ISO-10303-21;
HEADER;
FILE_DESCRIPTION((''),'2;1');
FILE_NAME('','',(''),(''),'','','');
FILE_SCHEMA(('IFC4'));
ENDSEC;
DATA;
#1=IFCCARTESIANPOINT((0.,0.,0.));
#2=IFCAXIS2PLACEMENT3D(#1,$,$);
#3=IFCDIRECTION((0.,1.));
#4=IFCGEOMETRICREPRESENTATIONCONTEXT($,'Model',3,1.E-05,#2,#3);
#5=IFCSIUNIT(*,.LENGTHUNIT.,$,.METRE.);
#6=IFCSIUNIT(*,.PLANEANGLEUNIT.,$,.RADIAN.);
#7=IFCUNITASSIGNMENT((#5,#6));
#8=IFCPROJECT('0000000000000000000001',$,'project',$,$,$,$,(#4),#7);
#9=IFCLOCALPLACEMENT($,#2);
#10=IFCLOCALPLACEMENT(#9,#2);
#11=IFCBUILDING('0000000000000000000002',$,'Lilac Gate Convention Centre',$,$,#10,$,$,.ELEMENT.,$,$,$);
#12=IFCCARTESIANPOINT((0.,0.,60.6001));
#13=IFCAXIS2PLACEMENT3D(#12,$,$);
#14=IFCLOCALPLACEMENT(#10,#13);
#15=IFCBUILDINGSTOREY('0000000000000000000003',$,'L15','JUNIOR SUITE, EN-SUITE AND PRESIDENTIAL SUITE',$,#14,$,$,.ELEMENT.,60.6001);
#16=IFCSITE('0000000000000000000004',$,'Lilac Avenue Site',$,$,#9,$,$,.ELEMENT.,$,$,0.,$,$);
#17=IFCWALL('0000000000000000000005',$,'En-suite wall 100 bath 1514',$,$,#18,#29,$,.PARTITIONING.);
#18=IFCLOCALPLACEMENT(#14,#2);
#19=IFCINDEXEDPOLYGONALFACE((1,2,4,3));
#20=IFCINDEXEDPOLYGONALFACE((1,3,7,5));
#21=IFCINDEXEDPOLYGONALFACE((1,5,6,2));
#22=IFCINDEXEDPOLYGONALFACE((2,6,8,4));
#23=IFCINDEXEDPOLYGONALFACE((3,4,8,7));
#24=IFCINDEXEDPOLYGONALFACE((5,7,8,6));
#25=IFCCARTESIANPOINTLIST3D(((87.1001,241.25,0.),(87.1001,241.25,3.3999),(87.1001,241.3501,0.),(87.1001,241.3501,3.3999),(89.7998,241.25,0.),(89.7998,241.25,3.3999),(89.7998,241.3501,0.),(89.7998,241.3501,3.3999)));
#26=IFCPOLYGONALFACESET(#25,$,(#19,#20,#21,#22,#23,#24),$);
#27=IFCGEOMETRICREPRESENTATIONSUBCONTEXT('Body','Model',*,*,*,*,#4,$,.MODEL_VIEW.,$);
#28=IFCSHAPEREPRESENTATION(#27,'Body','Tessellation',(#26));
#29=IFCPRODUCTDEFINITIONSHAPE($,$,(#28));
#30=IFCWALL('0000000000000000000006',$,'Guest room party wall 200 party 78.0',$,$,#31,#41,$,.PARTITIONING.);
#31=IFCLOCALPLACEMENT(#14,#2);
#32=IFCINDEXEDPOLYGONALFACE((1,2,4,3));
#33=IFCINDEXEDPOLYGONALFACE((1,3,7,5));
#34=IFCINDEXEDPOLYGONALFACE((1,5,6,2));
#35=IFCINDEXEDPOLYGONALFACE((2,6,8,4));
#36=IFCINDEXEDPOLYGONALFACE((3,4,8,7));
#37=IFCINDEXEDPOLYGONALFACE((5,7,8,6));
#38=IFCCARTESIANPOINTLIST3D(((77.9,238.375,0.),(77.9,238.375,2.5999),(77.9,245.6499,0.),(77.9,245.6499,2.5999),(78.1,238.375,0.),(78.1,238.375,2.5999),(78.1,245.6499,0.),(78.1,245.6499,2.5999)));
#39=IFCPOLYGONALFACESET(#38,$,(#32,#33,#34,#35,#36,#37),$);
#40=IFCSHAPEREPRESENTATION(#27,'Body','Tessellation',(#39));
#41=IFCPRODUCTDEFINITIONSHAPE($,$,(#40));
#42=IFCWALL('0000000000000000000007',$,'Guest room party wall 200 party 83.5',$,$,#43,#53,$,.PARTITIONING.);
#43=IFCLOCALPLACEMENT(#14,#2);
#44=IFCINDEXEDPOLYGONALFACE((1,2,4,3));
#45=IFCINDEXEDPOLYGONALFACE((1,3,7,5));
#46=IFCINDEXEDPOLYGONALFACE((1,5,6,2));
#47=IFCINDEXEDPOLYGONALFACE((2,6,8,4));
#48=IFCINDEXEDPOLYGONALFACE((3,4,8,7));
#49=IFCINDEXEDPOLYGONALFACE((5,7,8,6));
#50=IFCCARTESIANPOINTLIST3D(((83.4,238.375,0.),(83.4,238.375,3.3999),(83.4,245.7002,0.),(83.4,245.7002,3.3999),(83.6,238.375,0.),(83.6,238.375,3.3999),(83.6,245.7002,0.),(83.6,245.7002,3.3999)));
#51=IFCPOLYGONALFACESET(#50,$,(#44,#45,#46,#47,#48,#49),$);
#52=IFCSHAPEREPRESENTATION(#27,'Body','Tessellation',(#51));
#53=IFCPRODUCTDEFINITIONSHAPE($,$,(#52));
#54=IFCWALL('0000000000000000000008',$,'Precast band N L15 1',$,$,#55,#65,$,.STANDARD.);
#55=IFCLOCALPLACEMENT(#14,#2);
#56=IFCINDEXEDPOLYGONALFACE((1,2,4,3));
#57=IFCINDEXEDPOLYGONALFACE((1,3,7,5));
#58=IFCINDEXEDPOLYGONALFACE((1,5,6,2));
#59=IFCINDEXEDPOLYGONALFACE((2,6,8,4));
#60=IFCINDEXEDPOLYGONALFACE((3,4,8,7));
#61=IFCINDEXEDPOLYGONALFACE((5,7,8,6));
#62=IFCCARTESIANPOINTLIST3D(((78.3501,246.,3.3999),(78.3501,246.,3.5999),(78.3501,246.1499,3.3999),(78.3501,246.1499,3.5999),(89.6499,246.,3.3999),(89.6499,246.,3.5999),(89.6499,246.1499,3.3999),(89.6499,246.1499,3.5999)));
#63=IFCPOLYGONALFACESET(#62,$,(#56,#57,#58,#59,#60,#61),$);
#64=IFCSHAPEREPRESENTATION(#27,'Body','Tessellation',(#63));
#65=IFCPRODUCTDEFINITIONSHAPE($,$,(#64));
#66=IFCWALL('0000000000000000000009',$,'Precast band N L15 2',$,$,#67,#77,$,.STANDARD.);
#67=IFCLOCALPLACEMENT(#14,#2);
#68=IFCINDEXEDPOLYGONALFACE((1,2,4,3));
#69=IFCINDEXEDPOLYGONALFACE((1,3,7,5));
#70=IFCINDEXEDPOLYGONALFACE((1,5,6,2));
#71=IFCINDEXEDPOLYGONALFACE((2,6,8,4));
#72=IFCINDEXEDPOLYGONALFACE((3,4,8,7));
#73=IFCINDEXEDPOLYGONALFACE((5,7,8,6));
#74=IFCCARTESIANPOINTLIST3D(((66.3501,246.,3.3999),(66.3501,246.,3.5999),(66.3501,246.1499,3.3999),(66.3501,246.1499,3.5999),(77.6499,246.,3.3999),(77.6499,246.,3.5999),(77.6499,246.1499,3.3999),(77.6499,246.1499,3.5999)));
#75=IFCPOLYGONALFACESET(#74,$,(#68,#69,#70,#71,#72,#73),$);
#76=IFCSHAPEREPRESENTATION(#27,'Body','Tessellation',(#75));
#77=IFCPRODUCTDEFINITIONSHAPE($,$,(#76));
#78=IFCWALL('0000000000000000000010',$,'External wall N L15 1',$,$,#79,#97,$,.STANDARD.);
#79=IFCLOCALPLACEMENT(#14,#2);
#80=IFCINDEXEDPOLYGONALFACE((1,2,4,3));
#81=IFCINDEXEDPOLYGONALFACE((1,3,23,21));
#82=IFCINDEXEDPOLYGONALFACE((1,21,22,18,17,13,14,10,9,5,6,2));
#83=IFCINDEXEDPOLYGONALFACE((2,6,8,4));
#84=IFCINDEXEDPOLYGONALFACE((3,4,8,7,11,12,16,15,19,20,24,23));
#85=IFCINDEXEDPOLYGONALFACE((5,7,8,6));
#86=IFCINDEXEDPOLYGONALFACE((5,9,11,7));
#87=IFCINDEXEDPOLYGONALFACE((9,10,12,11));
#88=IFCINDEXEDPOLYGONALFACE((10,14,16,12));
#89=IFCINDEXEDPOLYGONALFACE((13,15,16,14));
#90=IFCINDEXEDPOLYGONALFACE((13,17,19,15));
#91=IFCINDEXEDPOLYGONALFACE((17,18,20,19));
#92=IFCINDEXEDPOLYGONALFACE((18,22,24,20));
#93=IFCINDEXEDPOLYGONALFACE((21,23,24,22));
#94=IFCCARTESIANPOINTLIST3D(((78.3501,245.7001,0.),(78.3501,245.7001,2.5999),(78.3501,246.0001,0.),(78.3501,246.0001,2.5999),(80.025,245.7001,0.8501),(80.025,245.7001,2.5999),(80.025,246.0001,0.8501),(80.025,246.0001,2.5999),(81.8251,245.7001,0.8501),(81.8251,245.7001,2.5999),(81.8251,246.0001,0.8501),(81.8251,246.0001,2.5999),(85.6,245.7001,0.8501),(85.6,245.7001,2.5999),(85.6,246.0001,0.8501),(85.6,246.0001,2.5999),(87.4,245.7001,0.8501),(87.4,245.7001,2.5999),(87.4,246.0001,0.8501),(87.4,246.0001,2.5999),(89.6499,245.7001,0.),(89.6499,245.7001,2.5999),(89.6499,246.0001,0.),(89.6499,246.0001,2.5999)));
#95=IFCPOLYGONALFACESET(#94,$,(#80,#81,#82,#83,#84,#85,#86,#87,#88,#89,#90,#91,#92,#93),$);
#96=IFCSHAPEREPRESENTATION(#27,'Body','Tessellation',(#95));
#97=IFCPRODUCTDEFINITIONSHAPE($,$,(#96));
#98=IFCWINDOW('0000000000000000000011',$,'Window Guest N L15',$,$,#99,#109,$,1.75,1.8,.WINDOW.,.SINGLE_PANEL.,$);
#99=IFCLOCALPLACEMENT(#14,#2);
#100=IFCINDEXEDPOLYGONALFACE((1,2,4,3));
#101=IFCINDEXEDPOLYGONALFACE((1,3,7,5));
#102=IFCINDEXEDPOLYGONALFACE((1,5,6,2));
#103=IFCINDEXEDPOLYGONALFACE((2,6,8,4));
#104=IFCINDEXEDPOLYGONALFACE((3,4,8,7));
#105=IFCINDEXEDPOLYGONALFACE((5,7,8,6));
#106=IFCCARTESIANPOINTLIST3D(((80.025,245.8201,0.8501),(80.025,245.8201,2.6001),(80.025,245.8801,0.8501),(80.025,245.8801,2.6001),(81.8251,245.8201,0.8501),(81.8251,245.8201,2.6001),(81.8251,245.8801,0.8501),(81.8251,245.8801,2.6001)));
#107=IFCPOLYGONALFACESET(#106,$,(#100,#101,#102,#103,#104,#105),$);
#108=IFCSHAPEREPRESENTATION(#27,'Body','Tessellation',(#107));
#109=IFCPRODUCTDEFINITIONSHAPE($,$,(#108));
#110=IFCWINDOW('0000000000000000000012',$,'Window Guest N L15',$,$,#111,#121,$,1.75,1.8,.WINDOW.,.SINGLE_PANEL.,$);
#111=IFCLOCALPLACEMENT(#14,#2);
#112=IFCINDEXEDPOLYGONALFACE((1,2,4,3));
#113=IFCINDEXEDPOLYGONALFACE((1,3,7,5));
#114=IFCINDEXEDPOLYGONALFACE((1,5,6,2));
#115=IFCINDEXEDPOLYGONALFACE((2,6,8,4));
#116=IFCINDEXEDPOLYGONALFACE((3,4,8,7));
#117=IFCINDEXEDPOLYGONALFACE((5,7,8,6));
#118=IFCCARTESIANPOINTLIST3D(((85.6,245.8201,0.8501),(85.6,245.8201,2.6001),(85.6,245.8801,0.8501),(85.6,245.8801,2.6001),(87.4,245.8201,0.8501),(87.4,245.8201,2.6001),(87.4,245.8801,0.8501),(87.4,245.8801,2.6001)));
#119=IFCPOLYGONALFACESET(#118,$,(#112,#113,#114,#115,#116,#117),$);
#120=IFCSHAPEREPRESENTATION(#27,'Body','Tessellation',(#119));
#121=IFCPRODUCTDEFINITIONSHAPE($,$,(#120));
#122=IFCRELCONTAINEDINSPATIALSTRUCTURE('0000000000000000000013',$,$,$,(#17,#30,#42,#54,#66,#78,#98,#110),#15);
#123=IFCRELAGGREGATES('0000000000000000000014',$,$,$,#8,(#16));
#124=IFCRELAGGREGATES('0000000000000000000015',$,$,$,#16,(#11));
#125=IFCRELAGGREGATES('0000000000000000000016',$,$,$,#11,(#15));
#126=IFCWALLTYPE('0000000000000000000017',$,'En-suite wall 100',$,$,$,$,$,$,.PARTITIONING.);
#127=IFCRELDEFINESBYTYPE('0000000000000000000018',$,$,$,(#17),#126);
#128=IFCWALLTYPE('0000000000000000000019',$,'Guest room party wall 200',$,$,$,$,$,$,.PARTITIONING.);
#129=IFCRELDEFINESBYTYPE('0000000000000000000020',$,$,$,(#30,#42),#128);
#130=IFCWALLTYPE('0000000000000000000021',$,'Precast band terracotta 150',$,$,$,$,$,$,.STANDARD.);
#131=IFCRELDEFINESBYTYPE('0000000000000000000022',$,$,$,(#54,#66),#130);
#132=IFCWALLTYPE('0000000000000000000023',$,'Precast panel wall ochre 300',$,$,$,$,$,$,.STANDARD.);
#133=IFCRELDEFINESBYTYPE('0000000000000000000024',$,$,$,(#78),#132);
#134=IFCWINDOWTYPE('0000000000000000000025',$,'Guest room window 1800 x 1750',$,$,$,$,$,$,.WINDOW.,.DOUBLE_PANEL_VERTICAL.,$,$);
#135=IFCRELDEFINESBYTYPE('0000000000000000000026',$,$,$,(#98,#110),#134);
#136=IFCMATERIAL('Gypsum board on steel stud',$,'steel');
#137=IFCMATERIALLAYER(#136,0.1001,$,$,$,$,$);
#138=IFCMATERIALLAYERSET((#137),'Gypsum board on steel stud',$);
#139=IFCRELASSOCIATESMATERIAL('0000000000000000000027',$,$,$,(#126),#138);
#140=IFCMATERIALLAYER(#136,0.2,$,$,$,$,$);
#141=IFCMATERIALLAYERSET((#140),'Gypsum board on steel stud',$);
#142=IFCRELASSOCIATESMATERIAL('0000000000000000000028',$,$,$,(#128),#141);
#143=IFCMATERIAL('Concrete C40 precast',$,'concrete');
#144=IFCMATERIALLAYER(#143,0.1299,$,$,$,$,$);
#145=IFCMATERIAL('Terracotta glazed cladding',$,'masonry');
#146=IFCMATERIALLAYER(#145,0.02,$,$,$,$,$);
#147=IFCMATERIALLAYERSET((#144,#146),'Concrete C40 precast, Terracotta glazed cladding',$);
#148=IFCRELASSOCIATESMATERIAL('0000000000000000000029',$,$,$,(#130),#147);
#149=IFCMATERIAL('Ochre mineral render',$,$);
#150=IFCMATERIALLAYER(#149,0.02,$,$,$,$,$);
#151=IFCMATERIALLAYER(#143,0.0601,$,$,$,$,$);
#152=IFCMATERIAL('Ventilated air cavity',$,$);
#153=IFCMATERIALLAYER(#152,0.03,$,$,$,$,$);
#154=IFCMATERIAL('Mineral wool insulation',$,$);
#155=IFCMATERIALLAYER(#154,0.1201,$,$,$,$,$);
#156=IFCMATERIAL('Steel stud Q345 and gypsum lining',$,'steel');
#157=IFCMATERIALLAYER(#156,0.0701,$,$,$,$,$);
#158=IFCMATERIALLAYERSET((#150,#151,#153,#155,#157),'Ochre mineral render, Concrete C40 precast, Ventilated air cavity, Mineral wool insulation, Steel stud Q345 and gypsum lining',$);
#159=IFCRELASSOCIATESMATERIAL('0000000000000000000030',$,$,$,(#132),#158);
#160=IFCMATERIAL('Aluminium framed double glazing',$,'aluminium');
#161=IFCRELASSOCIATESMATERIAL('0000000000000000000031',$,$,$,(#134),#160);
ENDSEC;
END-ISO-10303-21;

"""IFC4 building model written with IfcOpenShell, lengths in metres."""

from ifc_helpers import new_model, si_unit, direction, frame, frame_2d, origin, place, context, subcontext, project, spatial, rectangle, extrude, material, layer, layer_set, type_object, element, fill, save


model = new_model("IFC4")

# Units and contexts
model_context = context("Model", 3, precision=1e-05, world=origin(), true_north=direction((0.0, 1.0)))
body_context = subcontext(model_context, "Body", "Model", "MODEL_VIEW")
ifc_project = project(units=[si_unit("LENGTHUNIT", "METRE"), si_unit("PLANEANGLEUNIT", "RADIAN")], contexts=[model_context])

# Site, building, storey
site_placement = place(None, origin())
site = spatial("IfcSite", under=ifc_project, at=site_placement, Name="Lilac Avenue Site", CompositionType="ELEMENT", RefElevation=0.0)
building_placement = place(site_placement, origin())
building = spatial("IfcBuilding", under=site, at=building_placement, Name="Lilac Gate Convention Centre", CompositionType="ELEMENT")
storey_placement = place(building_placement, frame((0.0, 0.0, 60.6001)))
storey = spatial("IfcBuildingStorey", under=building, at=storey_placement, Name="L15", Description="JUNIOR SUITE, EN-SUITE AND PRESIDENTIAL SUITE", CompositionType="ELEMENT", Elevation=60.6001)

# Shared definitions
ifc_material_1 = material(Name="Aluminium framed double glazing", Category="aluminium")

# Shared definitions
ifc_material_2 = material(Name="Gypsum board on steel stud", Category="steel")
ifc_layer_1 = layer(ifc_material_2, 0.1001)
ifc_layer_set_1 = layer_set([ifc_layer_1], Name="Gypsum board on steel stud")
wall_type_1 = type_object("IfcWallType", Name="En-suite wall 100", PredefinedType="PARTITIONING", material=ifc_layer_set_1)

# Walls
wall_1_placement = place(storey_placement, frame((87.1001, 241.3, 0.0), z_axis=(0.0, 0.0, 1.0), x_axis=(1.0, 0.0, 0.0)))
element("IfcWall", 1, at=wall_1_placement, inside=storey, type_object=wall_type_1, Name="En-suite wall 100 bath 1514", PredefinedType="PARTITIONING", context=body_context, shape_type="SweptSolid", body=[
    extrude(rectangle(XDim=2.6997, YDim=0.1001, at=frame_2d((1.3499, 0.0))), origin(), (0.0, 0.0, 1.0), 3.3999),
])
ifc_layer_2 = layer(ifc_material_2, 0.2)
ifc_layer_set_2 = layer_set([ifc_layer_2], Name="Gypsum board on steel stud")
wall_type_2 = type_object("IfcWallType", Name="Guest room party wall 200", PredefinedType="PARTITIONING", material=ifc_layer_set_2)
wall_2_placement = place(storey_placement, frame((78.0, 245.6499, 0.0), z_axis=(0.0, 0.0, 1.0), x_axis=(0.0, -1.0, 0.0)))
element("IfcWall", 2, at=wall_2_placement, inside=storey, type_object=wall_type_2, Name="Guest room party wall 200 party 78.0", PredefinedType="PARTITIONING", context=body_context, shape_type="SweptSolid", body=[
    extrude(rectangle(XDim=7.2749, YDim=0.2, at=frame_2d((3.6375, 0.0))), origin(), (0.0, 0.0, 1.0), 2.5999),
])
wall_3_placement = place(storey_placement, frame((83.5, 245.7002, 0.0), z_axis=(0.0, 0.0, 1.0), x_axis=(0.0, -1.0, 0.0)))
element("IfcWall", 3, at=wall_3_placement, inside=storey, type_object=wall_type_2, Name="Guest room party wall 200 party 83.5", PredefinedType="PARTITIONING", context=body_context, shape_type="SweptSolid", body=[
    extrude(rectangle(XDim=7.3252, YDim=0.2, at=frame_2d((3.6626, 0.0))), origin(), (0.0, 0.0, 1.0), 3.3999),
])
ifc_material_3 = material(Name="Concrete C40 precast", Category="concrete")
ifc_layer_3 = layer(ifc_material_3, 0.1299)
ifc_material_4 = material(Name="Terracotta glazed cladding", Category="masonry")
ifc_layer_4 = layer(ifc_material_4, 0.02)
ifc_layer_set_3 = layer_set([ifc_layer_3, ifc_layer_4], Name="Concrete C40 precast, Terracotta glazed cladding")
wall_type_3 = type_object("IfcWallType", Name="Precast band terracotta 150", PredefinedType="STANDARD", material=ifc_layer_set_3)
for number, where, z_axis, x_axis, name in (
    (4, (89.6499, 246.075, 3.3999), (0.0, 0.0, 1.0), (-1.0, 0.0, 0.0), "Precast band N L15 1"),
    (5, (77.6499, 246.075, 3.3999), (0.0, 0.0, 1.0), (-1.0, 0.0, 0.0), "Precast band N L15 2"),
):
    element("IfcWall", number, at=place(storey_placement, frame(where, z_axis=z_axis, x_axis=x_axis)), inside=storey, type_object=wall_type_3, Name=name, PredefinedType="STANDARD", context=body_context, shape_type="SweptSolid", body=[
        extrude(rectangle(XDim=11.2998, YDim=0.1499, at=frame_2d((5.6499, 0.0))), origin(), (0.0, 0.0, 1.0), 0.2),
    ])

# Wall, openings, windows
ifc_material_5 = material(Name="Ochre mineral render")
ifc_layer_5 = layer(ifc_material_5, 0.02)
ifc_layer_6 = layer(ifc_material_3, 0.0601)
ifc_material_6 = material(Name="Ventilated air cavity")
ifc_layer_7 = layer(ifc_material_6, 0.03)
ifc_material_7 = material(Name="Mineral wool insulation")
ifc_layer_8 = layer(ifc_material_7, 0.1201)
ifc_material_8 = material(Name="Steel stud Q345 and gypsum lining", Category="steel")
ifc_layer_9 = layer(ifc_material_8, 0.0701)
ifc_layer_set_4 = layer_set([ifc_layer_5, ifc_layer_6, ifc_layer_7, ifc_layer_8, ifc_layer_9], Name="Ochre mineral render, Concrete C40 precast, Ventilated air cavity, Mineral wool insulation, Steel stud Q345 and gypsum lining")
wall_type_4 = type_object("IfcWallType", Name="Precast panel wall ochre 300", PredefinedType="STANDARD", material=ifc_layer_set_4)
wall_4_placement = place(storey_placement, frame((89.6499, 245.8501, 0.0), z_axis=(0.0, 0.0, 1.0), x_axis=(-1.0, 0.0, 0.0)))
wall_4 = element("IfcWall", 6, at=wall_4_placement, inside=storey, type_object=wall_type_4, Name="External wall N L15 1", PredefinedType="STANDARD", context=body_context, shape_type="SweptSolid", body=[
    extrude(rectangle(XDim=11.2998, YDim=0.3, at=frame_2d((5.6499, 0.0))), origin(), (0.0, 0.0, 1.0), 2.5999),
])
opening_1_placement = place(wall_4_placement, frame((7.825, 0.0, 0.8501)))
opening_1 = element("IfcOpeningElement", 7, at=opening_1_placement, cuts=wall_4, PredefinedType="OPENING", context=body_context, shape_type="SweptSolid", body=[
    extrude(rectangle(XDim=1.8, YDim=1.75, at=frame_2d((0.8999, 0.875))), frame((0.0, 0.1599, 0.0), z_axis=(0.0, -1.0, 0.0), x_axis=(1.0, 0.0, 0.0)), (0.0, 0.0, 1.0), 0.3201),
])
opening_2_placement = place(wall_4_placement, frame((2.25, 0.0, 0.8501)))
opening_2 = element("IfcOpeningElement", 8, at=opening_2_placement, cuts=wall_4, PredefinedType="OPENING", context=body_context, shape_type="SweptSolid", body=[
    extrude(rectangle(XDim=1.8, YDim=1.75, at=frame_2d((0.8999, 0.875))), frame((0.0, 0.1599, 0.0), z_axis=(0.0, -1.0, 0.0), x_axis=(1.0, 0.0, 0.0)), (0.0, 0.0, 1.0), 0.3201),
])
window_type = type_object("IfcWindowType", Name="Guest room window 1800 x 1750", PartitioningType="DOUBLE_PANEL_VERTICAL", PredefinedType="WINDOW", material=ifc_material_1)
window_1_placement = place(opening_1_placement, origin())
window_1 = element("IfcWindow", 9, at=window_1_placement, inside=storey, type_object=window_type, Name="Window Guest N L15", OverallHeight=1.75, OverallWidth=1.8, PartitioningType="SINGLE_PANEL", PredefinedType="WINDOW", context=body_context, shape_type="SweptSolid", body=[
    extrude(rectangle(XDim=1.8, YDim=1.75, at=frame_2d((0.8999, 0.875))), frame((0.0, 0.03, 0.0), z_axis=(0.0, -1.0, 0.0), x_axis=(1.0, 0.0, 0.0)), (0.0, 0.0, 1.0), 0.0601),
])
fill(opening_1, window_1)
window_2_placement = place(opening_2_placement, origin())
window_2 = element("IfcWindow", 10, at=window_2_placement, inside=storey, type_object=window_type, Name="Window Guest N L15", OverallHeight=1.75, OverallWidth=1.8, PartitioningType="SINGLE_PANEL", PredefinedType="WINDOW", context=body_context, shape_type="SweptSolid", body=[
    extrude(rectangle(XDim=1.8, YDim=1.75, at=frame_2d((0.8999, 0.875))), frame((0.0, 0.03, 0.0), z_axis=(0.0, -1.0, 0.0), x_axis=(1.0, 0.0, 0.0)), (0.0, 0.0, 1.0), 0.0601),
])
fill(opening_2, window_2)

save(model, "model.ifc")
